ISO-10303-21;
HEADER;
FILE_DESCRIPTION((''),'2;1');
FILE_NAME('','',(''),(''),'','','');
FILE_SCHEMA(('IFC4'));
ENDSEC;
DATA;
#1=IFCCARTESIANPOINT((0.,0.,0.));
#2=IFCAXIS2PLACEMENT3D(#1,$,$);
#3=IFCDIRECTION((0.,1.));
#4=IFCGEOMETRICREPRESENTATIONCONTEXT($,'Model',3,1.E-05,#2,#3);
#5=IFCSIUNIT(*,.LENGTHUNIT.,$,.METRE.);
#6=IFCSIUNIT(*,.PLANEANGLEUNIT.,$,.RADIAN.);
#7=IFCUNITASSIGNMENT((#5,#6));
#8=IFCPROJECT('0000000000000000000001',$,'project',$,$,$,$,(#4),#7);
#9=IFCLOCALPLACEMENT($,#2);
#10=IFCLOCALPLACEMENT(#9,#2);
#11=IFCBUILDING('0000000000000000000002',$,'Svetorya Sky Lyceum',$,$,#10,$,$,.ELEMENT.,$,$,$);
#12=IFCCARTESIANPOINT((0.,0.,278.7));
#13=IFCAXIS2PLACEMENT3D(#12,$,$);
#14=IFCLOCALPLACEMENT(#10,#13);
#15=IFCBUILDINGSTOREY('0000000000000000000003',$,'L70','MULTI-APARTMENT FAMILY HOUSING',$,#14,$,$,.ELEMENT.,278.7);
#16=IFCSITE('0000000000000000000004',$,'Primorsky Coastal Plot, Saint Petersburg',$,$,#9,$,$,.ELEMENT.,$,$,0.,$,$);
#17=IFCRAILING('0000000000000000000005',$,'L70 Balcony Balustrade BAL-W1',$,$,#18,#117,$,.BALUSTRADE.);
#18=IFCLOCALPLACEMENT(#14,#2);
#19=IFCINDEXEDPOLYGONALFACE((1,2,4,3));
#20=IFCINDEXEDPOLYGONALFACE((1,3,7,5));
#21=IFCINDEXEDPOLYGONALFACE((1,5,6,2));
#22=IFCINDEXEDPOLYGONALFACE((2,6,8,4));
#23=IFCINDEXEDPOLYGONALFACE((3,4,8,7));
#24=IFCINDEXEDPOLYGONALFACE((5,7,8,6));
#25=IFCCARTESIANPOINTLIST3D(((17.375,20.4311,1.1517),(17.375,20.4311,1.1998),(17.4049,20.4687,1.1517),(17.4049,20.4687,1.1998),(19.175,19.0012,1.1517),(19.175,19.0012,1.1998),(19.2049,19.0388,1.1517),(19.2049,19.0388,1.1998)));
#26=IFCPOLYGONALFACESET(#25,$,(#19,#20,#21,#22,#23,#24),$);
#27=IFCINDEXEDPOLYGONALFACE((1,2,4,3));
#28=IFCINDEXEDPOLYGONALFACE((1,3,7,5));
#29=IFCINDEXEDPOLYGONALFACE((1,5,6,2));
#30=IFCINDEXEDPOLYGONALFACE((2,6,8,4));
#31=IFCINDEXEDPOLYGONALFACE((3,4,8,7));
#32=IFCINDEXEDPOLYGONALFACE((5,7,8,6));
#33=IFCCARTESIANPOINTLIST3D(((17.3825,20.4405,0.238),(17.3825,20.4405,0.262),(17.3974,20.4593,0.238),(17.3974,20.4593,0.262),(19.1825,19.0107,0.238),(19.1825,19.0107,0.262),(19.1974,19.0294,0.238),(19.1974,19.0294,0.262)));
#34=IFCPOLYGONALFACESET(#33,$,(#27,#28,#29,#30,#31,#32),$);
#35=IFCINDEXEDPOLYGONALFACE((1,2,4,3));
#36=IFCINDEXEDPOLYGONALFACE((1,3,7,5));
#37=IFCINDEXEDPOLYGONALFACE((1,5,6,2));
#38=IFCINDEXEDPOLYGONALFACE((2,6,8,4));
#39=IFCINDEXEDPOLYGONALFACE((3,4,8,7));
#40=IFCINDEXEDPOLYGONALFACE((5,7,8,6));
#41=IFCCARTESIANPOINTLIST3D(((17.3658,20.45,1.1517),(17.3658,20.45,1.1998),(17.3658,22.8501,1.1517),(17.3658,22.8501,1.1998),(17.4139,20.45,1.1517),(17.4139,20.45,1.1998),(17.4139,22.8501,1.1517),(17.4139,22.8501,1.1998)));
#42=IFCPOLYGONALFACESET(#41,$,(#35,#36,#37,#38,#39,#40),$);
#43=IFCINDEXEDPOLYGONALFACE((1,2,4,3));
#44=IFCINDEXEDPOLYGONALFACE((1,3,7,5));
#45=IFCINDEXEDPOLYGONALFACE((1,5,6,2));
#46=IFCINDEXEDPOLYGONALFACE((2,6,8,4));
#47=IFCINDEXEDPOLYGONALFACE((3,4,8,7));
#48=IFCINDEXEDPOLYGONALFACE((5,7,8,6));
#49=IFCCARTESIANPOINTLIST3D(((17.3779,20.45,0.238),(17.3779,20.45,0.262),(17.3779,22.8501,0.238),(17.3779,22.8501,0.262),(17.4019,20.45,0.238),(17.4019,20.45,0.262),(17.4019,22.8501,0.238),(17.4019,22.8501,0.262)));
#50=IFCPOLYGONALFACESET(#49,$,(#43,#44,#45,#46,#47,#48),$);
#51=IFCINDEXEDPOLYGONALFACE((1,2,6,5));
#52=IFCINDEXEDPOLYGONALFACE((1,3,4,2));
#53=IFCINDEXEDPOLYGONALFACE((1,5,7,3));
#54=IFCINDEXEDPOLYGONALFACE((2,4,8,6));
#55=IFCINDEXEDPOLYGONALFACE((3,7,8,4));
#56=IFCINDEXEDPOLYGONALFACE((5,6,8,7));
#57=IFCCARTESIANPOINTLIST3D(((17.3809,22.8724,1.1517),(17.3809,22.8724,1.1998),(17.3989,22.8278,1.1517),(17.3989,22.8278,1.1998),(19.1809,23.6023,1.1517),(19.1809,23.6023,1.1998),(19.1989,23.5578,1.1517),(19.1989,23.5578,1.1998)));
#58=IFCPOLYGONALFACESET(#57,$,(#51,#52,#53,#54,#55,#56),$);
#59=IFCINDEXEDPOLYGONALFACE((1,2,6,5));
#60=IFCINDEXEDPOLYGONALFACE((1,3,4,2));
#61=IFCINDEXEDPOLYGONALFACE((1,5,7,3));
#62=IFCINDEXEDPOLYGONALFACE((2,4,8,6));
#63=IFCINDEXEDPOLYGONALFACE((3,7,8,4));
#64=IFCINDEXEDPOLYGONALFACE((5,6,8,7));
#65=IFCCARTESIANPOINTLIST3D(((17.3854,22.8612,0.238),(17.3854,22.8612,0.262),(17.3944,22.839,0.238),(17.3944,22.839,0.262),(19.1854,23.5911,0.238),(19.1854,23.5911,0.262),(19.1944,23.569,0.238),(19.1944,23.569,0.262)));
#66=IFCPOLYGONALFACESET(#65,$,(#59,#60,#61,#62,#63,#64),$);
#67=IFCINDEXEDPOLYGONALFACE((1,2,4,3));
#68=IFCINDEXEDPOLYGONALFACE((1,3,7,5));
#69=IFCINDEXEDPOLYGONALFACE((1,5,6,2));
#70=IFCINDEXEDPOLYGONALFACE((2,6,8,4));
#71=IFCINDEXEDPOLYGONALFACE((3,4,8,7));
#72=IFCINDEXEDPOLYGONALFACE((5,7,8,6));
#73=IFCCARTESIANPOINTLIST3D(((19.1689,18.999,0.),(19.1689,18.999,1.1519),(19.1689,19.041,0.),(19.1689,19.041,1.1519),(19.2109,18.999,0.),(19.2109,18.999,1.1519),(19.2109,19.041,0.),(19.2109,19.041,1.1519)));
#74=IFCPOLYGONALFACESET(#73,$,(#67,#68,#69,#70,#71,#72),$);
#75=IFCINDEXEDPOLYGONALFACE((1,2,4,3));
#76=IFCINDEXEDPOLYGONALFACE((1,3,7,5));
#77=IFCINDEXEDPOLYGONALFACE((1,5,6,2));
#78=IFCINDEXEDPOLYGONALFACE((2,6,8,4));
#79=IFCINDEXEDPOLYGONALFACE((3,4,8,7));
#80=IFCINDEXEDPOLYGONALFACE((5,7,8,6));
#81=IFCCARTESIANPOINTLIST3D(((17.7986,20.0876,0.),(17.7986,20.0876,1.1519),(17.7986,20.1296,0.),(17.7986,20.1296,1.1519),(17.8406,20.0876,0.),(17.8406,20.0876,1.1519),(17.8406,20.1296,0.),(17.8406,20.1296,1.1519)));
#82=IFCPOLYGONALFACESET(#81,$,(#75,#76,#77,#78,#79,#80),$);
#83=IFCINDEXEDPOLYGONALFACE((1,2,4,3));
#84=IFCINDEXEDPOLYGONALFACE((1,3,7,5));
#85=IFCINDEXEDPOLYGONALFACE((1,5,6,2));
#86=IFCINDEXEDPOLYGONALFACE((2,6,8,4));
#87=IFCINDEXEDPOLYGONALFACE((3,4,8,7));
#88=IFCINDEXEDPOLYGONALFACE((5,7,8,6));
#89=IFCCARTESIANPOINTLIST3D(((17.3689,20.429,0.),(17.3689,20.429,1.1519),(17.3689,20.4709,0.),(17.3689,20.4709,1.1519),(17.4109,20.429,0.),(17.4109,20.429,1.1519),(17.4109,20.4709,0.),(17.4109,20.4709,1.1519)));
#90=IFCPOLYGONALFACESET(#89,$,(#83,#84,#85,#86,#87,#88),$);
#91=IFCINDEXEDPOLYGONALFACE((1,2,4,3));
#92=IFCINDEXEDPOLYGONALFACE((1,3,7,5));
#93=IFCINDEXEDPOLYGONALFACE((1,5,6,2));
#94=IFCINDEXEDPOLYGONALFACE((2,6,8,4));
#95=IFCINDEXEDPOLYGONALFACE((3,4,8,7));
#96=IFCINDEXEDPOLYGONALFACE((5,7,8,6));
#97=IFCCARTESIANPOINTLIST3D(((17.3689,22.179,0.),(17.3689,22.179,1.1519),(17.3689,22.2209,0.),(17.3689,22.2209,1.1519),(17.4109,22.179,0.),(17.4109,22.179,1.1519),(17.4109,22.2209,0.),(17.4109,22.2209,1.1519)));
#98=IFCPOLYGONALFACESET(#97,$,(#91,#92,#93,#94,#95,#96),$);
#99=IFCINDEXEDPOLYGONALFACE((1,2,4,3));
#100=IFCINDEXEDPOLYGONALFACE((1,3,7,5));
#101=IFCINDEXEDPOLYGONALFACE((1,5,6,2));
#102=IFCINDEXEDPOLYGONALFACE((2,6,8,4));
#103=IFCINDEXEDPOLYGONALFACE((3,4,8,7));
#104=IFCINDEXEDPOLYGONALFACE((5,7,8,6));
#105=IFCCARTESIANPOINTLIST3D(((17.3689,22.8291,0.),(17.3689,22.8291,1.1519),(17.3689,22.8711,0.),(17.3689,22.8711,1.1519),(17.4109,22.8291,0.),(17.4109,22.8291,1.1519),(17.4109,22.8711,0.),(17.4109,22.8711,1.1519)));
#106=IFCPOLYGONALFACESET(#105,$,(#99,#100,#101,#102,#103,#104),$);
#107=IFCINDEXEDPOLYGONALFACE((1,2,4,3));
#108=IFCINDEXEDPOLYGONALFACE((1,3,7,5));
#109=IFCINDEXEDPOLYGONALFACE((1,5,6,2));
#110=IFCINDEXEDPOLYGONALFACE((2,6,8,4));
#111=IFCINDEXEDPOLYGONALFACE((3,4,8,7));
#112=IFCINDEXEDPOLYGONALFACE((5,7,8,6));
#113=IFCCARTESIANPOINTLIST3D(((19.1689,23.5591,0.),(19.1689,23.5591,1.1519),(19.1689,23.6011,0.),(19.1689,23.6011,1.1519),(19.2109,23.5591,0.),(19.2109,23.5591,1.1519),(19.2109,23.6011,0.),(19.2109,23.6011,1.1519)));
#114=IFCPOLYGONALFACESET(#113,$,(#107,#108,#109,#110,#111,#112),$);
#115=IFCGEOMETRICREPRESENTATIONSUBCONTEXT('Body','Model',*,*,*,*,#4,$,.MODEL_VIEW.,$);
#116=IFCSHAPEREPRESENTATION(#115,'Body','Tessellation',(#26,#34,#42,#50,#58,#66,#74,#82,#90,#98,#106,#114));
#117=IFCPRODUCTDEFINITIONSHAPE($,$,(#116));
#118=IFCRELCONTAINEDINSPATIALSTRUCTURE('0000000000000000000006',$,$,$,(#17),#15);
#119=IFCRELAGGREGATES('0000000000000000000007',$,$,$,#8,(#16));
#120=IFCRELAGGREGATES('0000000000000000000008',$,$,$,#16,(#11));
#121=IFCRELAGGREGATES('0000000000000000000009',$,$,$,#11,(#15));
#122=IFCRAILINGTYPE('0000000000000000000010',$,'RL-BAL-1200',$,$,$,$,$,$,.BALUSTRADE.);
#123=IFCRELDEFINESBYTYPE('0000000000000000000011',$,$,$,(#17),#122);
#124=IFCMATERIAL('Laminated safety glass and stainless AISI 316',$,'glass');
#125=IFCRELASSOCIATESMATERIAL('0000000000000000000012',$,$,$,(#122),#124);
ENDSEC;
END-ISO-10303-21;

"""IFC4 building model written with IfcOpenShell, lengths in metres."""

from ifc_helpers import new_model, si_unit, direction, frame, origin, origin_2d, place, context, subcontext, project, spatial, rectangle, extrude, material, type_object, element, save


model = new_model("IFC4")

# Units and contexts
model_context = context("Model", 3, precision=1e-05, world=origin(), true_north=direction((0.0, 1.0)))
body_context = subcontext(model_context, "Body", "Model", "MODEL_VIEW")
ifc_project = project(units=[si_unit("LENGTHUNIT", "METRE"), si_unit("PLANEANGLEUNIT", "RADIAN")], contexts=[model_context])

# Site, building, storey
site_placement = place(None, origin())
site = spatial("IfcSite", under=ifc_project, at=site_placement, Name="Primorsky Coastal Plot, Saint Petersburg", CompositionType="ELEMENT", RefElevation=0.0)
building_placement = place(site_placement, origin())
building = spatial("IfcBuilding", under=site, at=building_placement, Name="Svetorya Sky Lyceum", CompositionType="ELEMENT")
storey_placement = place(building_placement, frame((0.0, 0.0, 278.7)))
storey = spatial("IfcBuildingStorey", under=building, at=storey_placement, Name="L70", Description="MULTI-APARTMENT FAMILY HOUSING", CompositionType="ELEMENT", Elevation=278.7)

# Railing
ifc_material_1 = material(Name="Laminated safety glass and stainless AISI 316", Category="glass")
railing_type = type_object("IfcRailingType", Name="RL-BAL-1200", PredefinedType="BALUSTRADE", material=ifc_material_1)
railing_placement = place(storey_placement, frame((19.1899, 19.02, 0.0)))
element("IfcRailing", 1, at=railing_placement, inside=storey, type_object=railing_type, Name="L70 Balcony Balustrade BAL-W1", PredefinedType="BALUSTRADE", context=body_context, shape_type="SweptSolid", body=[
    extrude(rectangle(XDim=0.0481, YDim=0.0481, at=origin_2d()), frame((0.0, 0.0, 1.1758), z_axis=(-0.783009, 0.62201, 0.0), x_axis=(-0.62201, -0.783009, 0.0)), (0.0, 0.0, 1.0), 2.2988),
    extrude(rectangle(XDim=0.0239, YDim=0.0239, at=origin_2d()), frame((0.0, 0.0, 0.25), z_axis=(-0.783009, 0.62201, 0.0), x_axis=(-0.62201, -0.783009, 0.0)), (0.0, 0.0, 1.0), 2.2988),
    extrude(rectangle(XDim=0.0481, YDim=0.0481, at=origin_2d()), frame((-1.8, 1.4299, 1.1758), z_axis=(0.0, 1.0, 0.0), x_axis=(-1.0, 0.0, 0.0)), (0.0, 0.0, 1.0), 2.4001),
    extrude(rectangle(XDim=0.0239, YDim=0.0239, at=origin_2d()), frame((-1.8, 1.4299, 0.25), z_axis=(0.0, 1.0, 0.0), x_axis=(-1.0, 0.0, 0.0)), (0.0, 0.0, 1.0), 2.4001),
    extrude(rectangle(XDim=0.0481, YDim=0.0481, at=origin_2d()), frame((-1.8, 3.8301, 1.1758), z_axis=(0.926698, 0.375807, 0.0), x_axis=(-0.375807, 0.926698, 0.0)), (0.0, 0.0, 1.0), 1.9424),
    extrude(rectangle(XDim=0.0239, YDim=0.0239, at=origin_2d()), frame((-1.8, 3.8301, 0.25), z_axis=(0.926698, 0.375807, 0.0), x_axis=(-0.375807, 0.926698, 0.0)), (0.0, 0.0, 1.0), 1.9424),
    extrude(rectangle(XDim=0.042, YDim=0.042, at=origin_2d()), origin(), (0.0, 0.0, 1.0), 1.1519),
    extrude(rectangle(XDim=0.042, YDim=0.042, at=origin_2d()), frame((-1.3704, 1.0886, 0.0)), (0.0, 0.0, 1.0), 1.1519),
    extrude(rectangle(XDim=0.042, YDim=0.042, at=origin_2d()), frame((-1.8, 1.4299, 0.0)), (0.0, 0.0, 1.0), 1.1519),
    extrude(rectangle(XDim=0.042, YDim=0.042, at=origin_2d()), frame((-1.8, 3.1799, 0.0)), (0.0, 0.0, 1.0), 1.1519),
    extrude(rectangle(XDim=0.042, YDim=0.042, at=origin_2d()), frame((-1.8, 3.8301, 0.0)), (0.0, 0.0, 1.0), 1.1519),
    extrude(rectangle(XDim=0.042, YDim=0.042, at=origin_2d()), frame((0.0, 4.5601, 0.0)), (0.0, 0.0, 1.0), 1.1519),
])

save(model, "model.ifc")
